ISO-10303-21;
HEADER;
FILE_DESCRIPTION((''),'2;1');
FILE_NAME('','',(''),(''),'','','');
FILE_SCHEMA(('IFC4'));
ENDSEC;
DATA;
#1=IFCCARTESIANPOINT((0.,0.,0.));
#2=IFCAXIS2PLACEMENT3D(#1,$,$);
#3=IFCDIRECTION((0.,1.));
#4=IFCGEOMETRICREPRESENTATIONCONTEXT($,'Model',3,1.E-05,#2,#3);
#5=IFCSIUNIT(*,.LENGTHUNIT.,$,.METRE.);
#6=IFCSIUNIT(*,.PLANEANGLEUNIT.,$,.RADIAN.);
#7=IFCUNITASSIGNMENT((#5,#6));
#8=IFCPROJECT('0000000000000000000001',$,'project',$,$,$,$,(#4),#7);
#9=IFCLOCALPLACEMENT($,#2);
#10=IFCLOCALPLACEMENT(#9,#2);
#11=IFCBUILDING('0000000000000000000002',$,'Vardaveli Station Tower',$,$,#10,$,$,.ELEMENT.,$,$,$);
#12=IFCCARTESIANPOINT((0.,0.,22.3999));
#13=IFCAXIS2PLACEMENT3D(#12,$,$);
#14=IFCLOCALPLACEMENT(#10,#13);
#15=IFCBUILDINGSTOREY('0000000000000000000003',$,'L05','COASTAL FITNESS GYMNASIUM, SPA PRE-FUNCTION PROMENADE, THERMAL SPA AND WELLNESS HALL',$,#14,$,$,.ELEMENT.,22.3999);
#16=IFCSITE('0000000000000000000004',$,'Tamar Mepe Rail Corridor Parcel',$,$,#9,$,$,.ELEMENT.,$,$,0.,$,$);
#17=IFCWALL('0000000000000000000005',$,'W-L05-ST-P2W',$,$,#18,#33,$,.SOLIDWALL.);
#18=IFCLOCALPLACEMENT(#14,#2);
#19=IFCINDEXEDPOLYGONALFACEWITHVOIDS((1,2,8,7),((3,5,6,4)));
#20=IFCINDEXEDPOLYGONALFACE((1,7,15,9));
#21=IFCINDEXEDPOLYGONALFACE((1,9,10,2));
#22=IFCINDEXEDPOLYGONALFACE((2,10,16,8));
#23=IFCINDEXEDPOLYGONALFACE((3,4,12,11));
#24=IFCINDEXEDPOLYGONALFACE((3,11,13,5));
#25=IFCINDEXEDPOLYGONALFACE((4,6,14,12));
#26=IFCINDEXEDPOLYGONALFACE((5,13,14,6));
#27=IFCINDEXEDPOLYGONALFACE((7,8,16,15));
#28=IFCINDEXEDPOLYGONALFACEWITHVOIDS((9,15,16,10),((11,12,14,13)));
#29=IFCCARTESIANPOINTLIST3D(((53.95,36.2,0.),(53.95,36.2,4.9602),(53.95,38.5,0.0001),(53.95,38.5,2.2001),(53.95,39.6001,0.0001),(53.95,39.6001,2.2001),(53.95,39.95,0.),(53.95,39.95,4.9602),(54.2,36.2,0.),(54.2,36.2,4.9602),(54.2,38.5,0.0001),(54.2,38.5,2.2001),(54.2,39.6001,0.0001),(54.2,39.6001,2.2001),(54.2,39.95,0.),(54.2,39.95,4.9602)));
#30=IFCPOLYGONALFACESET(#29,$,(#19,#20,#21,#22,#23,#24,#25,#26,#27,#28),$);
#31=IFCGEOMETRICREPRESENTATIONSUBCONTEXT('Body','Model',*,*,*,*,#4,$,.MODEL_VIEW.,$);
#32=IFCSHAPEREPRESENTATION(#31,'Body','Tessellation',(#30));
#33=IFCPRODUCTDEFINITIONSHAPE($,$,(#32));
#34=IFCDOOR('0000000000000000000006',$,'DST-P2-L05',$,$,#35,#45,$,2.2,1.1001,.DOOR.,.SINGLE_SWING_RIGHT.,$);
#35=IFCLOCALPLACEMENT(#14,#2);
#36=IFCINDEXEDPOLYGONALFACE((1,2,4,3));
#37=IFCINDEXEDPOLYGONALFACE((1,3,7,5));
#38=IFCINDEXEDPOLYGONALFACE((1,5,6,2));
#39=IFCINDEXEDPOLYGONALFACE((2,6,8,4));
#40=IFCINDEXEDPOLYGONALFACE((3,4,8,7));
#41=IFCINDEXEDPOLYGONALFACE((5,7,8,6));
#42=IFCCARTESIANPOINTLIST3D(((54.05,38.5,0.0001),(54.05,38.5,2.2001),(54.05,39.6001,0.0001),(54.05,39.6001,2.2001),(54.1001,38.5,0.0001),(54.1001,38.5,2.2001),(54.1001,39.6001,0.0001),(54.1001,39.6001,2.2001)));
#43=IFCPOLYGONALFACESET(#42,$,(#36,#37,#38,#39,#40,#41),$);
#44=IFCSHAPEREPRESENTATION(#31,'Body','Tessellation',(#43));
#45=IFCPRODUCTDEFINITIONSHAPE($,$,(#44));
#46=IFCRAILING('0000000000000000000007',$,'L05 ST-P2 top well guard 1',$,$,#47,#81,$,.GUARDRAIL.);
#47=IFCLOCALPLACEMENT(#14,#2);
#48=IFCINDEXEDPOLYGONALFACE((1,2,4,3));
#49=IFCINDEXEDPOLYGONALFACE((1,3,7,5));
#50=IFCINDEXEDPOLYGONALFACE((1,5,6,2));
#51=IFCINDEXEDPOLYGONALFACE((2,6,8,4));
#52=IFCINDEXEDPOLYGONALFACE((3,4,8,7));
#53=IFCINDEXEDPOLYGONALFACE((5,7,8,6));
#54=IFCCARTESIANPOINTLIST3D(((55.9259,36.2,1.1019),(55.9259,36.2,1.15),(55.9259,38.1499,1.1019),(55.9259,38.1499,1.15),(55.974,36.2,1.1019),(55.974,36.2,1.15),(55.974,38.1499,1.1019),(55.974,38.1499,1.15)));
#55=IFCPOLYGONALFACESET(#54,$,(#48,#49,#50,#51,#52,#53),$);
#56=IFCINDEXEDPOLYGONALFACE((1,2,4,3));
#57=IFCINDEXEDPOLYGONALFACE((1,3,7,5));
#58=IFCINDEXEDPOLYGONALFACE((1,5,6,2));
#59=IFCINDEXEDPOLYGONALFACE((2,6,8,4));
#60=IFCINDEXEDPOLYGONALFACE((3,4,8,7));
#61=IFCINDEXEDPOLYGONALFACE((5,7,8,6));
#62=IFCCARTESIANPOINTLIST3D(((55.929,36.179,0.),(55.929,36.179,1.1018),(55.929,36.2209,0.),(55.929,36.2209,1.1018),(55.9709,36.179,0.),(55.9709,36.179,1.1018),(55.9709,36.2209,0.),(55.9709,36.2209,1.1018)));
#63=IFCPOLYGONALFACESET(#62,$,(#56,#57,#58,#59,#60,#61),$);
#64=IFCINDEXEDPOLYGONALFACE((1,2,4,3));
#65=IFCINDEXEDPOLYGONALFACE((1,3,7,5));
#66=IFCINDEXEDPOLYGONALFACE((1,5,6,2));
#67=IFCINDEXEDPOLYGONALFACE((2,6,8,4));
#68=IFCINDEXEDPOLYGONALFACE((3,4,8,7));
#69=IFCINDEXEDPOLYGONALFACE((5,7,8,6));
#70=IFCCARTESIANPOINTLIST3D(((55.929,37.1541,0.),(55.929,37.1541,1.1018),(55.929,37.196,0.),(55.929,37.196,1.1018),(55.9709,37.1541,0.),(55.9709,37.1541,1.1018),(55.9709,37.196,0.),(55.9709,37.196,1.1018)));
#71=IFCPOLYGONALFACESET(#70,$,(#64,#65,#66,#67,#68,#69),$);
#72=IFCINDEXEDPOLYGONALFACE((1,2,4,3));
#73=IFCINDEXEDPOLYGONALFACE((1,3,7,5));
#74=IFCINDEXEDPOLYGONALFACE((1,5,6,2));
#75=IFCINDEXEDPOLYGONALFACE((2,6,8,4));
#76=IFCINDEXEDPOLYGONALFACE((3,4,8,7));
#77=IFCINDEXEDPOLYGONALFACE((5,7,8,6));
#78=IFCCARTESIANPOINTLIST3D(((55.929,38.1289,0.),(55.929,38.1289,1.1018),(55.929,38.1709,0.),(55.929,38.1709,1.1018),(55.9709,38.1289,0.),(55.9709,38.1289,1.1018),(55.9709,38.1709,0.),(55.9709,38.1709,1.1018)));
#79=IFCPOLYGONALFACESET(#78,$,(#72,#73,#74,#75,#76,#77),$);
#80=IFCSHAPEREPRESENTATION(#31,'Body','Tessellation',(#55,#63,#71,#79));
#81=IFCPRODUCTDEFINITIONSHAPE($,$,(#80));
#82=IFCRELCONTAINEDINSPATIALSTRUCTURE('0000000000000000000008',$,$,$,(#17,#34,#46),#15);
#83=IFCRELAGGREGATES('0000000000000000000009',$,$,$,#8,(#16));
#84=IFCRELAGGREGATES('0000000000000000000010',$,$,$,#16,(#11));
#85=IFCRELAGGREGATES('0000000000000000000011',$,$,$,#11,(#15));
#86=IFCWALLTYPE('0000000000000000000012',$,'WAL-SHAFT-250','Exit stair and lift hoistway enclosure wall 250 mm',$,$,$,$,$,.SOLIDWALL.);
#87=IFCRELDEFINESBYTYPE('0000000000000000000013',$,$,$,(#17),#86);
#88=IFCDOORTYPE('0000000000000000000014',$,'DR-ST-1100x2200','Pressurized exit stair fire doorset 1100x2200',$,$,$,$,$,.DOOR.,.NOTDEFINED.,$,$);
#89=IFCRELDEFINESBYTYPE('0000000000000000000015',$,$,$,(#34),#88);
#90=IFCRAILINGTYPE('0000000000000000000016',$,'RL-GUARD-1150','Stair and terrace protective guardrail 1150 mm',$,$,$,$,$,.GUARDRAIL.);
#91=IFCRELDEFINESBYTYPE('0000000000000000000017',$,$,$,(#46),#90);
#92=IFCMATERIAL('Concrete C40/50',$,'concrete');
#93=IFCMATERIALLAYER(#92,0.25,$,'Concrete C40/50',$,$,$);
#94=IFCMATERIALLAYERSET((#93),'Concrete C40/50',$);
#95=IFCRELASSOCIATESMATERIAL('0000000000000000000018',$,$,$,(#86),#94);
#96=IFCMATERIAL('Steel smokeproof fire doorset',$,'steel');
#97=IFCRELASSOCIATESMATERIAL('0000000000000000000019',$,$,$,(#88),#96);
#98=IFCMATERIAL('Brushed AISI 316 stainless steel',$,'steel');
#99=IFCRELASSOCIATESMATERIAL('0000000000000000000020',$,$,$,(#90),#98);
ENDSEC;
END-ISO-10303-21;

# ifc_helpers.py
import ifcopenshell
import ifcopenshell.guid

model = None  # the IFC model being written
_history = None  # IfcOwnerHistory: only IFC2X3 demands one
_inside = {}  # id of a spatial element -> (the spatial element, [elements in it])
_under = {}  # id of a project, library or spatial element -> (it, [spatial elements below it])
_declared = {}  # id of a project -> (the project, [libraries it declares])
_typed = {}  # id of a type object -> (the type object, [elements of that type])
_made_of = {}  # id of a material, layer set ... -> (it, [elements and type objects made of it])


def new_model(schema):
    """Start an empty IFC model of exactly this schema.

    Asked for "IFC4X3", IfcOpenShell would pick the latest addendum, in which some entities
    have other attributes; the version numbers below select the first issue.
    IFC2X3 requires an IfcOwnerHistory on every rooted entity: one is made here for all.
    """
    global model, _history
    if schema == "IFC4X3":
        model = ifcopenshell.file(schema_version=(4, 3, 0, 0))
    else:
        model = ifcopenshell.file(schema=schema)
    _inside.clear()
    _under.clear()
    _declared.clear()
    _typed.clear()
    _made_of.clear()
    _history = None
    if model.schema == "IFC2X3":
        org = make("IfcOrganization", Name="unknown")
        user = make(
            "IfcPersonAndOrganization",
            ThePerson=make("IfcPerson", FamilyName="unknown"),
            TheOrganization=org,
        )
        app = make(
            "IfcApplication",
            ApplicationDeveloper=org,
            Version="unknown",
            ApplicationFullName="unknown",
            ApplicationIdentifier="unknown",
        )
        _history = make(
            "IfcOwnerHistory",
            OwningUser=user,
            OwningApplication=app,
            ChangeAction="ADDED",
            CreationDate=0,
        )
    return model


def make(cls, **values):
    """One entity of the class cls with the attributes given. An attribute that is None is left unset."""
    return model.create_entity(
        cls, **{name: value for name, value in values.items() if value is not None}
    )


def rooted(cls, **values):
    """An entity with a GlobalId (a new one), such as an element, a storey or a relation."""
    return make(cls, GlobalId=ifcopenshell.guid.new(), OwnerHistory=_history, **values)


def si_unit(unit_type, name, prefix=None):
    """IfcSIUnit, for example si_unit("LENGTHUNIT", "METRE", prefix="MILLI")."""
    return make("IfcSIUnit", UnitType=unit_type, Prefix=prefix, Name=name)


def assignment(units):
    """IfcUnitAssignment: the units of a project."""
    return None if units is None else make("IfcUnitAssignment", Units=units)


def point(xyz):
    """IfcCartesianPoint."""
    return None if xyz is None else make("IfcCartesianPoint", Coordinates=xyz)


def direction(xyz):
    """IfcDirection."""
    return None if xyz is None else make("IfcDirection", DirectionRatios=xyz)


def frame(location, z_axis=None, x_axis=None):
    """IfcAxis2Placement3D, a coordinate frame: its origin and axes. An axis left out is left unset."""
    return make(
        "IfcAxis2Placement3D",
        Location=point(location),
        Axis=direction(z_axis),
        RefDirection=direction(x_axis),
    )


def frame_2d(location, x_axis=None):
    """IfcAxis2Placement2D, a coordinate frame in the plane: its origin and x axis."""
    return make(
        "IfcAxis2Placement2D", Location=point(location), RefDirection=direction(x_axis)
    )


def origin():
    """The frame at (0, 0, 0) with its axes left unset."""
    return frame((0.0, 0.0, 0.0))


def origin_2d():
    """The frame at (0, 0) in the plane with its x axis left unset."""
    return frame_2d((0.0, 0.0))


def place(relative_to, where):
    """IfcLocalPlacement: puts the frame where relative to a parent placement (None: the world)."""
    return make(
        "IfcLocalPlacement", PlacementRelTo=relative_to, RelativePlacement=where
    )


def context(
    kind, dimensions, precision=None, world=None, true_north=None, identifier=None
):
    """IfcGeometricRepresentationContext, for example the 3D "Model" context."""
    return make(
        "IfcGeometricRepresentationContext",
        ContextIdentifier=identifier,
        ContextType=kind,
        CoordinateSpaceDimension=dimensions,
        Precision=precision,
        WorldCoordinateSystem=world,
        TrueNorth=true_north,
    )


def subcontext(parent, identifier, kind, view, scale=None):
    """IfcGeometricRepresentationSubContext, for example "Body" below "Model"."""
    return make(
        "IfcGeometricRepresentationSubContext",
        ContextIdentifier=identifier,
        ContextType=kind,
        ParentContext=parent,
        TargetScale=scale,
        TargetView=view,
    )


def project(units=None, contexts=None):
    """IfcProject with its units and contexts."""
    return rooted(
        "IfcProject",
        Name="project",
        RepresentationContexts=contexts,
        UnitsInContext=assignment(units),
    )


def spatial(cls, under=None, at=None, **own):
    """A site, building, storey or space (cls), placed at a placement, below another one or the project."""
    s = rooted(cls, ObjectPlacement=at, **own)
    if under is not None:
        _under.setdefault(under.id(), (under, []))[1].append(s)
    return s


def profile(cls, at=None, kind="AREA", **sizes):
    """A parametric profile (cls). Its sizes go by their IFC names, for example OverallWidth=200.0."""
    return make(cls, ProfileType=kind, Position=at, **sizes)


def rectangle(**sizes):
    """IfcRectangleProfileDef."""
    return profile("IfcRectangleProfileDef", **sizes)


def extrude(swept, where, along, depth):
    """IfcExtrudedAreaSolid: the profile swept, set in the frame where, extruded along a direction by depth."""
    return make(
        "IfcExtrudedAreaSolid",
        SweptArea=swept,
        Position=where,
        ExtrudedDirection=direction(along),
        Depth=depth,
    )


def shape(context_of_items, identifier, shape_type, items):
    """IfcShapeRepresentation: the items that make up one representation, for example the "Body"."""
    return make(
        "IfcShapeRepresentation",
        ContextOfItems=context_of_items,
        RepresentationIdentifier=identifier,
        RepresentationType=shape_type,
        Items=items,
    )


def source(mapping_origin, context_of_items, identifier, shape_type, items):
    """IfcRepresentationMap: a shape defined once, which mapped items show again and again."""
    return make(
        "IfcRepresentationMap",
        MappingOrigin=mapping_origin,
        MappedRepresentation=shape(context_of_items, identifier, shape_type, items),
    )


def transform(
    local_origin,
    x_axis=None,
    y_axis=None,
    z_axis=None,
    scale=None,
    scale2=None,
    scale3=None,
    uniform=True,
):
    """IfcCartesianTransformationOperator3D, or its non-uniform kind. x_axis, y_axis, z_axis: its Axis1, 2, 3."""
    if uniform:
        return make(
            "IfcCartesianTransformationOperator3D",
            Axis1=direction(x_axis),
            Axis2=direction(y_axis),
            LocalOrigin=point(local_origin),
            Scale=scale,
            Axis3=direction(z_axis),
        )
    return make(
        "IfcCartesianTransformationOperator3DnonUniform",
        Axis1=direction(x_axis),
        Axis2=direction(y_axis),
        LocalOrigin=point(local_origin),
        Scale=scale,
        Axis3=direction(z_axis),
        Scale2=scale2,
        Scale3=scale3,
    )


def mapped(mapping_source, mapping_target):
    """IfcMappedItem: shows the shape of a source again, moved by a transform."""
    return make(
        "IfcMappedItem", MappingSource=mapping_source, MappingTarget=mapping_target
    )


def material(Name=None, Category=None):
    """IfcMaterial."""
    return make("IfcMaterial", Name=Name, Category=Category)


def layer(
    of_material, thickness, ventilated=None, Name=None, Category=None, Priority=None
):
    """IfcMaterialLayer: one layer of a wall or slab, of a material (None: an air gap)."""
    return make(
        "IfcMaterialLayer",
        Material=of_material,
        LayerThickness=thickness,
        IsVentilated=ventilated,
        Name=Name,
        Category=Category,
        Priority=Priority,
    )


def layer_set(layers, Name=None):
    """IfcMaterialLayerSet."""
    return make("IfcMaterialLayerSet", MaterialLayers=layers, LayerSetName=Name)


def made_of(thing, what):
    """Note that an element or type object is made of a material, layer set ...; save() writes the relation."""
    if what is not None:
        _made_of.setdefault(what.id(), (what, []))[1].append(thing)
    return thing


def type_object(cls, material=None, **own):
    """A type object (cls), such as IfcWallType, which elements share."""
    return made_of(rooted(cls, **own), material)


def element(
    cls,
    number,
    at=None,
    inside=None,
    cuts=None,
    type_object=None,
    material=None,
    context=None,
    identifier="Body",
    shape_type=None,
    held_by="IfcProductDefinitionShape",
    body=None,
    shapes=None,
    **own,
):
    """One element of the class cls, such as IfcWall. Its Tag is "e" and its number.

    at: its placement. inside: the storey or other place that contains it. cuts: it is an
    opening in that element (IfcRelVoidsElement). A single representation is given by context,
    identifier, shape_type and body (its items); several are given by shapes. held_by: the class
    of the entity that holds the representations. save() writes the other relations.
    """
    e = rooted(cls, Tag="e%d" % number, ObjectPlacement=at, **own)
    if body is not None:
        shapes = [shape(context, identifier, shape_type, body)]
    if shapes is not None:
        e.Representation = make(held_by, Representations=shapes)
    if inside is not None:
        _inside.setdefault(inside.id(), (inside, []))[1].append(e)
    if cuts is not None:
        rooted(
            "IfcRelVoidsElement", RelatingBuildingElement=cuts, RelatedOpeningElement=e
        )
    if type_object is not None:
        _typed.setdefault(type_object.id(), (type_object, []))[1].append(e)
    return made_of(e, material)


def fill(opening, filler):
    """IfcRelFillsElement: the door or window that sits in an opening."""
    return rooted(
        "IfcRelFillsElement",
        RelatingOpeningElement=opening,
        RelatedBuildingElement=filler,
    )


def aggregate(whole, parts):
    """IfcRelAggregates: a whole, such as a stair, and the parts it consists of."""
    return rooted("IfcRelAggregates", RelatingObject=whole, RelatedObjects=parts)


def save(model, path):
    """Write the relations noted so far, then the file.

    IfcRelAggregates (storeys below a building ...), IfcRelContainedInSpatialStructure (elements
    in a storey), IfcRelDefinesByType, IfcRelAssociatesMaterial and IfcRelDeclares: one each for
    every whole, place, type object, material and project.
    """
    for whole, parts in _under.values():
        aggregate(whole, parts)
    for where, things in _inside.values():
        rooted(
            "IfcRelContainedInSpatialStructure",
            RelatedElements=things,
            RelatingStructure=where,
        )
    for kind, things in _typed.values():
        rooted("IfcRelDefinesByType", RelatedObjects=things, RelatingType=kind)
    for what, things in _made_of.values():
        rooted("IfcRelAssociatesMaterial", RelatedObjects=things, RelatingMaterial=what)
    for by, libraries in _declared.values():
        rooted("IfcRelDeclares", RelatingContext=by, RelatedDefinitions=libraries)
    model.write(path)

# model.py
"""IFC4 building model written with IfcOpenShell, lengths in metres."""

from ifc_helpers import new_model, si_unit, direction, frame, frame_2d, origin, origin_2d, place, context, subcontext, project, spatial, rectangle, extrude, source, transform, mapped, material, layer, layer_set, type_object, element, fill, save


model = new_model("IFC4")

# Units and contexts
model_context = context("Model", 3, precision=1e-05, world=origin(), true_north=direction((0.0, 1.0)))
body_context = subcontext(model_context, "Body", "Model", "MODEL_VIEW")
ifc_project = project(units=[si_unit("LENGTHUNIT", "METRE"), si_unit("PLANEANGLEUNIT", "RADIAN")], contexts=[model_context])

# Site, building, storey
site_placement = place(None, origin())
site = spatial("IfcSite", under=ifc_project, at=site_placement, Name="Tamar Mepe Rail Corridor Parcel", CompositionType="ELEMENT", RefElevation=0.0)
building_placement = place(site_placement, origin())
building = spatial("IfcBuilding", under=site, at=building_placement, Name="Vardaveli Station Tower", CompositionType="ELEMENT")
storey_placement = place(building_placement, frame((0.0, 0.0, 22.3999)))
storey = spatial("IfcBuildingStorey", under=building, at=storey_placement, Name="L05", Description="COASTAL FITNESS GYMNASIUM, SPA PRE-FUNCTION PROMENADE, THERMAL SPA AND WELLNESS HALL", CompositionType="ELEMENT", Elevation=22.3999)

# Shared definitions
ifc_material_1 = material(Name="Concrete C40/50", Category="concrete")
ifc_layer_1 = layer(ifc_material_1, 0.25, Name="Concrete C40/50")
ifc_layer_set_1 = layer_set([ifc_layer_1], Name="Concrete C40/50")
wall_type_1 = type_object("IfcWallType", Name="WAL-SHAFT-250", Description="Exit stair and lift hoistway enclosure wall 250 mm", PredefinedType="SOLIDWALL", material=ifc_layer_set_1)
shared_shape_1 = source(origin(), body_context, "Body", "SweptSolid", [
    extrude(rectangle(XDim=3.75, YDim=0.25, at=frame_2d((1.875, 0.0))), origin(), (0.0, 0.0, 1.0), 4.9602),
])

# Wall, opening, door
wall_1_placement = place(storey_placement, frame((54.075, 36.2, 0.0), z_axis=(0.0, 0.0, 1.0), x_axis=(0.0, 1.0, 0.0)))
wall_1 = element("IfcWall", 1, at=wall_1_placement, inside=storey, type_object=wall_type_1, Name="W-L05-ST-P2W", PredefinedType="SOLIDWALL", context=body_context, shape_type="MappedRepresentation", body=[
    mapped(shared_shape_1, transform((0.0, 0.0, 0.0), scale=1.0)),
])
shared_shape_2 = source(origin(), body_context, "Body", "SweptSolid", [
    extrude(rectangle(XDim=1.1001, YDim=2.2, at=frame_2d((0.55, 1.1001))), frame((0.0, 0.135, 0.0), z_axis=(0.0, -1.0, 0.0), x_axis=(1.0, 0.0, 0.0)), (0.0, 0.0, 1.0), 0.27),
])
opening_1_placement = place(wall_1_placement, frame((2.3, 0.0, 0.0)))
opening_1 = element("IfcOpeningElement", 2, at=opening_1_placement, cuts=wall_1, PredefinedType="OPENING", context=body_context, shape_type="MappedRepresentation", body=[
    mapped(shared_shape_2, transform((0.0, 0.0, 0.0), scale=1.0)),
])
ifc_material_2 = material(Name="Steel smokeproof fire doorset", Category="steel")
door_type = type_object("IfcDoorType", Name="DR-ST-1100x2200", Description="Pressurized exit stair fire doorset 1100x2200", OperationType="NOTDEFINED", PredefinedType="DOOR", material=ifc_material_2)
shared_shape_3 = source(origin(), body_context, "Body", "SweptSolid", [
    extrude(rectangle(XDim=1.1001, YDim=2.2, at=frame_2d((0.55, 1.1001))), frame((0.0, 0.0249, 0.0), z_axis=(0.0, -1.0, 0.0), x_axis=(1.0, 0.0, 0.0)), (0.0, 0.0, 1.0), 0.05),
])
door_placement = place(opening_1_placement, origin())
door = element("IfcDoor", 3, at=door_placement, inside=storey, type_object=door_type, Name="DST-P2-L05", OperationType="SINGLE_SWING_RIGHT", OverallHeight=2.2, OverallWidth=1.1001, PredefinedType="DOOR", context=body_context, shape_type="MappedRepresentation", body=[
    mapped(shared_shape_3, transform((0.0, 0.0, 0.0), scale=1.0)),
])
fill(opening_1, door)

# Railing
ifc_material_3 = material(Name="Brushed AISI 316 stainless steel", Category="steel")
railing_type = type_object("IfcRailingType", Name="RL-GUARD-1150", Description="Stair and terrace protective guardrail 1150 mm", PredefinedType="GUARDRAIL", material=ifc_material_3)
shared_shape_4 = source(origin(), body_context, "Body", "SweptSolid", [
    extrude(rectangle(XDim=0.0481, YDim=0.0481, at=origin_2d()), frame((0.0, 0.0, 1.126), z_axis=(0.0, 1.0, 0.0), x_axis=(-1.0, 0.0, 0.0)), (0.0, 0.0, 1.0), 1.95),
    extrude(rectangle(XDim=0.042, YDim=0.042, at=origin_2d()), origin(), (0.0, 0.0, 1.0), 1.1018),
    extrude(rectangle(XDim=0.042, YDim=0.042, at=origin_2d()), frame((0.0, 0.9751, 0.0)), (0.0, 0.0, 1.0), 1.1018),
    extrude(rectangle(XDim=0.042, YDim=0.042, at=origin_2d()), frame((0.0, 1.95, 0.0)), (0.0, 0.0, 1.0), 1.1018),
])
railing_placement = place(storey_placement, frame((55.95, 36.2, 0.0)))
element("IfcRailing", 4, at=railing_placement, inside=storey, type_object=railing_type, Name="L05 ST-P2 top well guard 1", PredefinedType="GUARDRAIL", context=body_context, shape_type="MappedRepresentation", body=[
    mapped(shared_shape_4, transform((0.0, 0.0, 0.0), scale=1.0)),
])

save(model, "model.ifc")
